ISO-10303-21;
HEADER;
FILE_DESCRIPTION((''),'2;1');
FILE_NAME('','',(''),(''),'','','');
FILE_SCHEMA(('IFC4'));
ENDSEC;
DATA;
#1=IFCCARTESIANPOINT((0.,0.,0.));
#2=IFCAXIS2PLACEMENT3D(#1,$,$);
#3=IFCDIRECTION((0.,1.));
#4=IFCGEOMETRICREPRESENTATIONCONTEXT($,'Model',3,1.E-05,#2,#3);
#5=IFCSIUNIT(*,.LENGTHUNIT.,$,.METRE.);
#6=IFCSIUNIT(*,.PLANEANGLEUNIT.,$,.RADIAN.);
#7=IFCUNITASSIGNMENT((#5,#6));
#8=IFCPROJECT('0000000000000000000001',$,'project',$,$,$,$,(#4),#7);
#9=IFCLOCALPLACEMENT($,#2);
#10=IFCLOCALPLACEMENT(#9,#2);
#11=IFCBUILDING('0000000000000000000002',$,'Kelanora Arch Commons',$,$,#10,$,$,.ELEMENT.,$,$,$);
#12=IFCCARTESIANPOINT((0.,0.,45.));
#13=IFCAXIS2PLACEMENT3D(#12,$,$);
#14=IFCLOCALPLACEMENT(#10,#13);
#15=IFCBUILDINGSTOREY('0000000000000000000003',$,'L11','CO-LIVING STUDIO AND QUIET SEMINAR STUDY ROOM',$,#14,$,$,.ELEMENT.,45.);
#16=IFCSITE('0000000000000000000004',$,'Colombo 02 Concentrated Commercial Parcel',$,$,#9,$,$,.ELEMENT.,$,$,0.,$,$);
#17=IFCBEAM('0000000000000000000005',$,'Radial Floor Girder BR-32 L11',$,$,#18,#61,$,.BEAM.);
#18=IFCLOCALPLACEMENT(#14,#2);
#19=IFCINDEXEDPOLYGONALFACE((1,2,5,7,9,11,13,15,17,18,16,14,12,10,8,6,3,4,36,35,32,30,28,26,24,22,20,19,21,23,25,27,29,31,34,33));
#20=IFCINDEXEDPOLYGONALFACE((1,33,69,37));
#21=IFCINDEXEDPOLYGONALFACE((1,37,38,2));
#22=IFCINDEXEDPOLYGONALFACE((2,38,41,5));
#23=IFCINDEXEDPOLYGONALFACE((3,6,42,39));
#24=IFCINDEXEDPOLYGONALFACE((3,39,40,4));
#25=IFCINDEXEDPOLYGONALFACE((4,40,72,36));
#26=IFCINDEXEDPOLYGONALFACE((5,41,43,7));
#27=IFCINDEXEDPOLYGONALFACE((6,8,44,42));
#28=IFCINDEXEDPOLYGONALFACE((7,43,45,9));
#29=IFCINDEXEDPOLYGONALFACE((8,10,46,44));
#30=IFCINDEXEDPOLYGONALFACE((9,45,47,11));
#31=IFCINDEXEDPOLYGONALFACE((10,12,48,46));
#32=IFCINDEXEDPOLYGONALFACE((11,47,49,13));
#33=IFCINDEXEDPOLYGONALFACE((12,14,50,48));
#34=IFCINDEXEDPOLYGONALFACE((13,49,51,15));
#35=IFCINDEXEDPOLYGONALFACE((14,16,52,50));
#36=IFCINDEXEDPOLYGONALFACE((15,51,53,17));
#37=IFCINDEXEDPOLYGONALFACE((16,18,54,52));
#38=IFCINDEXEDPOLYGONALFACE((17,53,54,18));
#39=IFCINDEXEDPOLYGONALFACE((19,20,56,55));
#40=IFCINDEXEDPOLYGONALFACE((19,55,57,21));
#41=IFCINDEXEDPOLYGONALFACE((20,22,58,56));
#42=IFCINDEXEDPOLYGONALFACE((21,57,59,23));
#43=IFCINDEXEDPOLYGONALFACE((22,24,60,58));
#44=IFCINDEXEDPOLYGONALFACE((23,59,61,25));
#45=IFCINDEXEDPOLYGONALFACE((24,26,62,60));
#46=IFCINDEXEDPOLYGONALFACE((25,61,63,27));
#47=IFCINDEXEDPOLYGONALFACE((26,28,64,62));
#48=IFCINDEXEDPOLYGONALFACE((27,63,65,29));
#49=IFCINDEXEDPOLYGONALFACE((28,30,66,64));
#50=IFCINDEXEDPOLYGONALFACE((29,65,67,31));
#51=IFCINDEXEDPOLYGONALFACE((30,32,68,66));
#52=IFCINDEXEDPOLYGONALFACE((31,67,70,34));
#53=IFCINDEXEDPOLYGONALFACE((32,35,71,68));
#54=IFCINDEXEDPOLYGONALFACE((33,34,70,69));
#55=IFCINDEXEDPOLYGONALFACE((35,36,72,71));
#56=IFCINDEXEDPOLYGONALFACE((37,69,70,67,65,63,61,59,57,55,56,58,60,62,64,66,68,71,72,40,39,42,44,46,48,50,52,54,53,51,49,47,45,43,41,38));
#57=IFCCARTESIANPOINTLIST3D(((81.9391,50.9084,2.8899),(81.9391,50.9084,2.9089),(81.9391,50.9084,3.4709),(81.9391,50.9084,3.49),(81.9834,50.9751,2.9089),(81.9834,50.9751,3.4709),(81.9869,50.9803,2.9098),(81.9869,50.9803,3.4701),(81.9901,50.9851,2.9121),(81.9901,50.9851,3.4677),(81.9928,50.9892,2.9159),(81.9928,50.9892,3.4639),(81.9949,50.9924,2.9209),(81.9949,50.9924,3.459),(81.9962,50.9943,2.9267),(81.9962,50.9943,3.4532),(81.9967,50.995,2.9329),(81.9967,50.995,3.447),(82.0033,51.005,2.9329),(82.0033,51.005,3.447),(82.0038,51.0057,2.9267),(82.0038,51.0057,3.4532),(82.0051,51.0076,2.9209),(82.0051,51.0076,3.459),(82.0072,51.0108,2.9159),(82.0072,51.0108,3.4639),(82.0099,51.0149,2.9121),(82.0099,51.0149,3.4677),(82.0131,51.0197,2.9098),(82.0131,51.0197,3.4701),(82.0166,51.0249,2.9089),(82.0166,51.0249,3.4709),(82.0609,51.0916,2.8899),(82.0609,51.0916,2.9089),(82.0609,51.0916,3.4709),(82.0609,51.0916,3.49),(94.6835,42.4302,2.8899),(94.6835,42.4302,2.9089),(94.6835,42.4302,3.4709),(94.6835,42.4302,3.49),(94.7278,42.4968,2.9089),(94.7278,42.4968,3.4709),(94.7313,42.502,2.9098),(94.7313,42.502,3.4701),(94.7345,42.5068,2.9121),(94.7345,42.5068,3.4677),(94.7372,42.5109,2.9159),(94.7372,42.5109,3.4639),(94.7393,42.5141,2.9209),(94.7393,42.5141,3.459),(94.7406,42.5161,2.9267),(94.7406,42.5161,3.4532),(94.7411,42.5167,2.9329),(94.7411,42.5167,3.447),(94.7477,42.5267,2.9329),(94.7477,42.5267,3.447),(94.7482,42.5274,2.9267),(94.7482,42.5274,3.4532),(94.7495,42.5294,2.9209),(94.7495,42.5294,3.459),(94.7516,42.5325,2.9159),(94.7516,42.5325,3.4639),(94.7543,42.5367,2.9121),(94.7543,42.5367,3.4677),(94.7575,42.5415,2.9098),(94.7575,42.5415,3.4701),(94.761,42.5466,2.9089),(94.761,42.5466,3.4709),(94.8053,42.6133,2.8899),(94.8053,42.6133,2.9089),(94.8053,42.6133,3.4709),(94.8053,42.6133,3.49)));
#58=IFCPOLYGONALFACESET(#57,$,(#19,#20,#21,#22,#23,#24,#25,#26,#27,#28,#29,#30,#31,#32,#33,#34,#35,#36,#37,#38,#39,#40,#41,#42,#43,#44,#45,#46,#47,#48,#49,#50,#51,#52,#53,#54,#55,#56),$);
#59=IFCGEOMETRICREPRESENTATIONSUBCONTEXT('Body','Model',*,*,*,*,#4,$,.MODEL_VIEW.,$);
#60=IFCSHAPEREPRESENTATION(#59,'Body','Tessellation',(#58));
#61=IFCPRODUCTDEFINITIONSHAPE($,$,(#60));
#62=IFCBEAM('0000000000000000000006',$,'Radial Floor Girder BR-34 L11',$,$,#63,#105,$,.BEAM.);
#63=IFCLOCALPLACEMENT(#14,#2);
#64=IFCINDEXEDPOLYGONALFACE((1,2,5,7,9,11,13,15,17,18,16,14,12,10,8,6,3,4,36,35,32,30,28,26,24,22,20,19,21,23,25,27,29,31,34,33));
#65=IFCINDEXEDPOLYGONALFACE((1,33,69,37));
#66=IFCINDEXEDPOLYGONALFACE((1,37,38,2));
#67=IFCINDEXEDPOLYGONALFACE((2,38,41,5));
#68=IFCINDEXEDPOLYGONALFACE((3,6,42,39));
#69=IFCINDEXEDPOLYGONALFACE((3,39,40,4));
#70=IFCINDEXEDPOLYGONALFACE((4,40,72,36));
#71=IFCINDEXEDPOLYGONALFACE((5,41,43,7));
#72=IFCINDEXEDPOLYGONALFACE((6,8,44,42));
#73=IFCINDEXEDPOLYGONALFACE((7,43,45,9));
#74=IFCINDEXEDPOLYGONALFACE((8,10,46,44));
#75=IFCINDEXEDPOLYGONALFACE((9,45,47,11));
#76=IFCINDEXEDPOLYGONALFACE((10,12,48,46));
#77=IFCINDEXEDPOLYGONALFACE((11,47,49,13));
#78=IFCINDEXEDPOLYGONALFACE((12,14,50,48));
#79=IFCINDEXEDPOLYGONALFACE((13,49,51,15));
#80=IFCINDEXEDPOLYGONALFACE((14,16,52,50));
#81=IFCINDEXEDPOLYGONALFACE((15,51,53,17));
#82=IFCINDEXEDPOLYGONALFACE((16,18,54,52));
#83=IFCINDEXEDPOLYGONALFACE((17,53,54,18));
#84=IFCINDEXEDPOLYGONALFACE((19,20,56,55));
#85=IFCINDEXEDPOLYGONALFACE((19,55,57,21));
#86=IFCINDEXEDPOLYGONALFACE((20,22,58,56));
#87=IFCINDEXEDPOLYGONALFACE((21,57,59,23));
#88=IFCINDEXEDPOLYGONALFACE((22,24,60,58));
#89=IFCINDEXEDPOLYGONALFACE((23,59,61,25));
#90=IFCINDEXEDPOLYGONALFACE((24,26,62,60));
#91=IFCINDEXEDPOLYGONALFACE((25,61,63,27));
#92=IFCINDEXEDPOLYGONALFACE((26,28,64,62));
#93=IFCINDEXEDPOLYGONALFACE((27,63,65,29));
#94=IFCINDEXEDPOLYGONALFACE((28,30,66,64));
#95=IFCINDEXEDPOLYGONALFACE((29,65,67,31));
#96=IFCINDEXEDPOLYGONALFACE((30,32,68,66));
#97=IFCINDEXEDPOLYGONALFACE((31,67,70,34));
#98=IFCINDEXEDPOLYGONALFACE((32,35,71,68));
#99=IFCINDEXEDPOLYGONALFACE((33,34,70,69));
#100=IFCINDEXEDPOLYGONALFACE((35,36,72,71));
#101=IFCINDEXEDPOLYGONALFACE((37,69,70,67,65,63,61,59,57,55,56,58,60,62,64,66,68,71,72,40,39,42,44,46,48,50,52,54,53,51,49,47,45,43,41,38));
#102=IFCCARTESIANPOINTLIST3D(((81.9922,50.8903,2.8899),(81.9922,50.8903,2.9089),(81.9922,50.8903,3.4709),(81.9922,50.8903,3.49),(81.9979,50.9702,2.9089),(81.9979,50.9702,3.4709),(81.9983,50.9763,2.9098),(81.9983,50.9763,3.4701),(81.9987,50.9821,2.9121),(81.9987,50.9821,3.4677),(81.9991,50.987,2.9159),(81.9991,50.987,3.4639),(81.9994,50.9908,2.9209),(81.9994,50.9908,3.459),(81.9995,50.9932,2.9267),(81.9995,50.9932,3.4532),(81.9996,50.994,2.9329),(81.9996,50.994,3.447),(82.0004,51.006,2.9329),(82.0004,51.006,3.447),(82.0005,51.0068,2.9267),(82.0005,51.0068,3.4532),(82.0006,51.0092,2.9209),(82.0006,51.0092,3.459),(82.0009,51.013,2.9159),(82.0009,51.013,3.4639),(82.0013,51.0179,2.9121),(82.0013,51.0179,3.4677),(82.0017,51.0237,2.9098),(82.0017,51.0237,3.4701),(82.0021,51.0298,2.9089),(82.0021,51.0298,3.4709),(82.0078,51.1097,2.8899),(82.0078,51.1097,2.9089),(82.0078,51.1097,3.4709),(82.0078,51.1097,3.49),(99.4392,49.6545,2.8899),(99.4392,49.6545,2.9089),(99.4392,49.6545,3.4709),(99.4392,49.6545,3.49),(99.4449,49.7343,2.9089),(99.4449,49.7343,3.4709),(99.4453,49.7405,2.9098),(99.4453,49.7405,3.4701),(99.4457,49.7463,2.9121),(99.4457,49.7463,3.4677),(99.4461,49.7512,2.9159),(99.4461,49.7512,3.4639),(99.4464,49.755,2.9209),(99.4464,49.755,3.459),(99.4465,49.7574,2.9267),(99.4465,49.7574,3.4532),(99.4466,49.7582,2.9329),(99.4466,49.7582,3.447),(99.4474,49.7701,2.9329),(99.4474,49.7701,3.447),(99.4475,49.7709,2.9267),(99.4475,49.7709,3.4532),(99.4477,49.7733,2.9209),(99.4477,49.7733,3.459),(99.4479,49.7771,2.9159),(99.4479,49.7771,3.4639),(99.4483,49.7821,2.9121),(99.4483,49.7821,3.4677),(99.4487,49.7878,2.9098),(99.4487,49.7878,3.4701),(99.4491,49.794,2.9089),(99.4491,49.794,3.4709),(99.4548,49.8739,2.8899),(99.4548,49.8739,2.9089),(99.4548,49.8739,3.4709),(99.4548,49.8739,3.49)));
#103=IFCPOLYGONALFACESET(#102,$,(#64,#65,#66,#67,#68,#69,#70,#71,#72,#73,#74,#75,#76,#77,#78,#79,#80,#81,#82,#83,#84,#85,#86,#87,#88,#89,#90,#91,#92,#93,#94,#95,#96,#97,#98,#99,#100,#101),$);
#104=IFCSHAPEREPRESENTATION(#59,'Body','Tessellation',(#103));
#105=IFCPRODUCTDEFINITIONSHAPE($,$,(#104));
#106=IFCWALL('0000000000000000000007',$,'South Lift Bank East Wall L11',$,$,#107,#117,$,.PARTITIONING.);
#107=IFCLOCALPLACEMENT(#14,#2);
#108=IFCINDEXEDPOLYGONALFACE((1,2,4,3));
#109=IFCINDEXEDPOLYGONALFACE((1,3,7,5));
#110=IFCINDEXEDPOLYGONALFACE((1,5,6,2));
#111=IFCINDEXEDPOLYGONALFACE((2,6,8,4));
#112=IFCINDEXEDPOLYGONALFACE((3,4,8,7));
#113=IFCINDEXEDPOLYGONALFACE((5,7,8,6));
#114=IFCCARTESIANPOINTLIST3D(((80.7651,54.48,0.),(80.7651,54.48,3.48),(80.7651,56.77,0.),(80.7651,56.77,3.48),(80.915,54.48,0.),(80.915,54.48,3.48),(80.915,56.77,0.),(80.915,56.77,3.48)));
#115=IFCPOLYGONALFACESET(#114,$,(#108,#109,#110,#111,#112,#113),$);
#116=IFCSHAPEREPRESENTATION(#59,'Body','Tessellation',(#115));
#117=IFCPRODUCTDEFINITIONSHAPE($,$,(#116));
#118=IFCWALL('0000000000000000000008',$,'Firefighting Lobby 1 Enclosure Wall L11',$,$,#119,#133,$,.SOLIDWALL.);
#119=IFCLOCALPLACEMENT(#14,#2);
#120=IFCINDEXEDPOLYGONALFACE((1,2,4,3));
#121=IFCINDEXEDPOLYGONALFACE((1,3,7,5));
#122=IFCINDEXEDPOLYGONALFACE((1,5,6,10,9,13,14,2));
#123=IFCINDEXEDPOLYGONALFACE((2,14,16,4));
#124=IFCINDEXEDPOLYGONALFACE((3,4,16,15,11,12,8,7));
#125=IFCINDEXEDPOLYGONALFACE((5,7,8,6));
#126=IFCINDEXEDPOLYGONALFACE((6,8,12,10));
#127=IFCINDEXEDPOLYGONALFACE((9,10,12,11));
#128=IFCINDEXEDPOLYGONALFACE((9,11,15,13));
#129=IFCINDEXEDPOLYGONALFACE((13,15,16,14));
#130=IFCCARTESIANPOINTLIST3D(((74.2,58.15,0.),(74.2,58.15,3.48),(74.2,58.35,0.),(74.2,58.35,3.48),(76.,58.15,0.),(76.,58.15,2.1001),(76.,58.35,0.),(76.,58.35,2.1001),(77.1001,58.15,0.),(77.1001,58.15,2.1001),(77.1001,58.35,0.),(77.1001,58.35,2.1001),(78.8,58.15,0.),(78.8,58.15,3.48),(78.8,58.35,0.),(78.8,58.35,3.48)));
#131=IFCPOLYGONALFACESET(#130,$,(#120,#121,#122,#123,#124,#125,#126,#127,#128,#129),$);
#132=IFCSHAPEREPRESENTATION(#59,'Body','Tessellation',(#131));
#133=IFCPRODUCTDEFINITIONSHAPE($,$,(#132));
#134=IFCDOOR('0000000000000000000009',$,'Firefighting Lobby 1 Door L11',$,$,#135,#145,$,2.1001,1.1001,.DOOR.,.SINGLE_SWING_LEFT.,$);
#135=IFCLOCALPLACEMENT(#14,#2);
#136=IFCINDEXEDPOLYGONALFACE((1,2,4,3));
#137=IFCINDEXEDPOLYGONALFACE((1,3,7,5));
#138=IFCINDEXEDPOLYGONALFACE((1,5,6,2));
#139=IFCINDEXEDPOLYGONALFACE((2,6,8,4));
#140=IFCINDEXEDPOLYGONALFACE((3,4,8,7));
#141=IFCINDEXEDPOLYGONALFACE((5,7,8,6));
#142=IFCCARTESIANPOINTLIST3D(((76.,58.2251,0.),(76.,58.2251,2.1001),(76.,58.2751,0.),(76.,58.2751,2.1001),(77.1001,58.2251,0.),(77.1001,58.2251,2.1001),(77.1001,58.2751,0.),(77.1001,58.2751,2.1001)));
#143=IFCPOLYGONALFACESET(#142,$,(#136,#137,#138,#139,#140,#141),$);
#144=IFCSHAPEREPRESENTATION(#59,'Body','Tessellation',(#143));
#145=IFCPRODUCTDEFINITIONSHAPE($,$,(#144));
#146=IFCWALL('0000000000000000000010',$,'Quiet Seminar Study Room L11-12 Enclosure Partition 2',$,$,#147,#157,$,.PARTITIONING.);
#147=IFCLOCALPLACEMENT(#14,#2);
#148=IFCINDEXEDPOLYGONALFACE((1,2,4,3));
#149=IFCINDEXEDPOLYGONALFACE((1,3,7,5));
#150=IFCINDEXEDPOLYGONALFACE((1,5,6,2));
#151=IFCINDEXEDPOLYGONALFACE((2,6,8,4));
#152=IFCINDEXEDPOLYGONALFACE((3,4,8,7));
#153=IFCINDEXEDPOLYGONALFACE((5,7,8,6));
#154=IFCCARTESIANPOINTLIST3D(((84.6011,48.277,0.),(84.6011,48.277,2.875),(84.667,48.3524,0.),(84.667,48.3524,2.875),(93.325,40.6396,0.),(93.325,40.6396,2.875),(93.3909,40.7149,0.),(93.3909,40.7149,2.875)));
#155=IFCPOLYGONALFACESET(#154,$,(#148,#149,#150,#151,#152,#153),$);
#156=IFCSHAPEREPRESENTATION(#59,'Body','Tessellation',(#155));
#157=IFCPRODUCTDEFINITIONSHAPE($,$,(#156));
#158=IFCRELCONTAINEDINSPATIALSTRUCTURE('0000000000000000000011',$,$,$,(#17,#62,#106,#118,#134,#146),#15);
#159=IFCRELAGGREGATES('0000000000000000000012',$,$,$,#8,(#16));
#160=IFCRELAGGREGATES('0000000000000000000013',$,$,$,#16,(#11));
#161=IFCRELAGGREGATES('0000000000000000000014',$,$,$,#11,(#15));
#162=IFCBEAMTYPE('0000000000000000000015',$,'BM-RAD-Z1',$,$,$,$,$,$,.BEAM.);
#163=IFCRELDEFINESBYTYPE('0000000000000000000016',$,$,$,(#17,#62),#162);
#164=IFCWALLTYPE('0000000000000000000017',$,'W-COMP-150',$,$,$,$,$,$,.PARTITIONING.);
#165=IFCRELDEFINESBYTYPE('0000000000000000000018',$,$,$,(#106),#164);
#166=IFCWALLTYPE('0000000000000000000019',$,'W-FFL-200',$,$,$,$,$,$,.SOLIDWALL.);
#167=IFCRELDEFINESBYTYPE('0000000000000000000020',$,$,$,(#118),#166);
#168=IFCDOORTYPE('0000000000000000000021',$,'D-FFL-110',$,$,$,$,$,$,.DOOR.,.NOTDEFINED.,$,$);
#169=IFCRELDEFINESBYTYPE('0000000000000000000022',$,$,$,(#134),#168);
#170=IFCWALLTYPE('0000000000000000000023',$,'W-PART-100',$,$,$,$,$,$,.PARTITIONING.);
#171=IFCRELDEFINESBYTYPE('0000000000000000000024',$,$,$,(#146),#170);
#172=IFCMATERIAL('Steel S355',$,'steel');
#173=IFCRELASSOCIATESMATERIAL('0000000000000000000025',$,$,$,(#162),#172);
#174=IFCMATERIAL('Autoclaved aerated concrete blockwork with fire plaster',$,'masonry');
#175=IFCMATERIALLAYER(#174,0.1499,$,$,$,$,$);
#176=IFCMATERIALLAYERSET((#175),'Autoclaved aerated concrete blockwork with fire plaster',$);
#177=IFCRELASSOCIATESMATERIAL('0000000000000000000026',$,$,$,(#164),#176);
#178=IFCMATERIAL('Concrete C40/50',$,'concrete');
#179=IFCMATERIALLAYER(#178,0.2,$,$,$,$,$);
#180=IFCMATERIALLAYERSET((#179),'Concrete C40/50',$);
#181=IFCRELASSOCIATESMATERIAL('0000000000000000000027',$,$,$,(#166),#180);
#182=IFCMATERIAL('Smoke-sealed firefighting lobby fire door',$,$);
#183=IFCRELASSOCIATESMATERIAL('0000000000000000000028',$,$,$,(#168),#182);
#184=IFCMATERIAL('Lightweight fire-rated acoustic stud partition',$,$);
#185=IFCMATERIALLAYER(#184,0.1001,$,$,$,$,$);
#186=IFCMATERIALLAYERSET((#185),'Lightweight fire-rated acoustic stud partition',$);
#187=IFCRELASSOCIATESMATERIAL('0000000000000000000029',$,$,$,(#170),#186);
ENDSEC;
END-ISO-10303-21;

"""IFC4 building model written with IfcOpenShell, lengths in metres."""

from ifc_helpers import new_model, si_unit, direction, frame, frame_2d, origin, origin_2d, place, context, subcontext, project, spatial, rectangle, i_section, extrude, material, layer, layer_set, material_profile, profile_set, type_object, element, fill, save


model = new_model("IFC4")

# Units and contexts
model_context = context("Model", 3, precision=1e-05, world=origin(), true_north=direction((0.0, 1.0)))
body_context = subcontext(model_context, "Body", "Model", "MODEL_VIEW")
ifc_project = project(units=[si_unit("LENGTHUNIT", "METRE"), si_unit("PLANEANGLEUNIT", "RADIAN")], contexts=[model_context])

# Site, building, storey
site_placement = place(None, origin())
site = spatial("IfcSite", under=ifc_project, at=site_placement, Name="Colombo 02 Concentrated Commercial Parcel", CompositionType="ELEMENT", RefElevation=0.0)
building_placement = place(site_placement, origin())
building = spatial("IfcBuilding", under=site, at=building_placement, Name="Kelanora Arch Commons", CompositionType="ELEMENT")
storey_placement = place(building_placement, frame((0.0, 0.0, 45.0)))
storey = spatial("IfcBuildingStorey", under=building, at=storey_placement, Name="L11", Description="CO-LIVING STUDIO AND QUIET SEMINAR STUDY ROOM", CompositionType="ELEMENT", Elevation=45.0)

# Beams
ifc_material_1 = material(Name="Steel S355", Category="steel")
ifc_material_profile_1 = material_profile(ifc_material_1, i_section(OverallWidth=0.22, OverallDepth=0.6001, WebThickness=0.012, FlangeThickness=0.019, FilletRadius=0.0239, at=origin_2d()), Name="IPE600")
ifc_profile_set_1 = profile_set([ifc_material_profile_1], Name="Steel S355")
beam_type_1 = type_object("IfcBeamType", Name="BM-RAD-Z1", PredefinedType="BEAM", material=ifc_profile_set_1)
beam_1_placement = place(storey_placement, frame((82.0, 51.0, 3.1899), z_axis=(0.832592, -0.553886, 0.0), x_axis=(0.553886, 0.832592, 0.0)))
element("IfcBeam", 1, at=beam_1_placement, inside=storey, type_object=beam_type_1, Name="Radial Floor Girder BR-32 L11", PredefinedType="BEAM", context=body_context, shape_type="SweptSolid", body=[
    extrude(i_section(OverallWidth=0.22, OverallDepth=0.6001, WebThickness=0.012, FlangeThickness=0.019, FilletRadius=0.0239, at=origin_2d()), origin(), (0.0, 0.0, 1.0), 15.3069),
])
beam_2_placement = place(storey_placement, frame((82.0, 51.0, 3.1899), z_axis=(0.997501, -0.070657, 0.0), x_axis=(0.070657, 0.997501, 0.0)))
element("IfcBeam", 2, at=beam_2_placement, inside=storey, type_object=beam_type_1, Name="Radial Floor Girder BR-34 L11", PredefinedType="BEAM", context=body_context, shape_type="SweptSolid", body=[
    extrude(i_section(OverallWidth=0.22, OverallDepth=0.6001, WebThickness=0.012, FlangeThickness=0.019, FilletRadius=0.0239, at=origin_2d()), origin(), (0.0, 0.0, 1.0), 17.4907),
])

# Wall
ifc_material_2 = material(Name="Autoclaved aerated concrete blockwork with fire plaster", Category="masonry")
ifc_layer_1 = layer(ifc_material_2, 0.1499)
ifc_layer_set_1 = layer_set([ifc_layer_1], Name="Autoclaved aerated concrete blockwork with fire plaster")
wall_type_1 = type_object("IfcWallType", Name="W-COMP-150", PredefinedType="PARTITIONING", material=ifc_layer_set_1)
wall_1_placement = place(storey_placement, frame((80.8401, 54.48, 0.0), z_axis=(0.0, 0.0, 1.0), x_axis=(0.0, 1.0, 0.0)))
element("IfcWall", 3, at=wall_1_placement, inside=storey, type_object=wall_type_1, Name="South Lift Bank East Wall L11", PredefinedType="PARTITIONING", context=body_context, shape_type="SweptSolid", body=[
    extrude(rectangle(XDim=2.29, YDim=0.1499, at=frame_2d((1.145, 0.0))), origin(), (0.0, 0.0, 1.0), 3.48),
])

# Wall, opening, door
ifc_material_3 = material(Name="Concrete C40/50", Category="concrete")
ifc_layer_2 = layer(ifc_material_3, 0.2)
ifc_layer_set_2 = layer_set([ifc_layer_2], Name="Concrete C40/50")
wall_type_2 = type_object("IfcWallType", Name="W-FFL-200", PredefinedType="SOLIDWALL", material=ifc_layer_set_2)
wall_2_placement = place(storey_placement, frame((74.2, 58.25, 0.0), z_axis=(0.0, 0.0, 1.0), x_axis=(1.0, 0.0, 0.0)))
wall_2 = element("IfcWall", 4, at=wall_2_placement, inside=storey, type_object=wall_type_2, Name="Firefighting Lobby 1 Enclosure Wall L11", PredefinedType="SOLIDWALL", context=body_context, shape_type="SweptSolid", body=[
    extrude(rectangle(XDim=4.6001, YDim=0.2, at=frame_2d((2.3, 0.0))), origin(), (0.0, 0.0, 1.0), 3.48),
])
opening_1_placement = place(wall_2_placement, frame((1.8, 0.0, 0.0)))
opening_1 = element("IfcOpeningElement", 5, at=opening_1_placement, cuts=wall_2, PredefinedType="OPENING", context=body_context, shape_type="SweptSolid", body=[
    extrude(rectangle(XDim=1.1001, YDim=2.1001, at=frame_2d((0.55, 1.05))), frame((0.0, 0.1099, 0.0), z_axis=(0.0, -1.0, 0.0), x_axis=(1.0, 0.0, 0.0)), (0.0, 0.0, 1.0), 0.22),
])
ifc_material_4 = material(Name="Smoke-sealed firefighting lobby fire door")
door_type_1 = type_object("IfcDoorType", Name="D-FFL-110", OperationType="NOTDEFINED", PredefinedType="DOOR", material=ifc_material_4)
door_1_placement = place(opening_1_placement, frame((1.1001, 0.0, 0.0), z_axis=(0.0, 0.0, 1.0), x_axis=(-1.0, 0.0, 0.0)))
door_1 = element("IfcDoor", 6, at=door_1_placement, inside=storey, type_object=door_type_1, Name="Firefighting Lobby 1 Door L11", OperationType="SINGLE_SWING_LEFT", OverallHeight=2.1001, OverallWidth=1.1001, PredefinedType="DOOR", context=body_context, shape_type="SweptSolid", body=[
    extrude(rectangle(XDim=1.1001, YDim=2.1001, at=frame_2d((0.55, 1.05))), frame((0.0, 0.0249, 0.0), z_axis=(0.0, -1.0, 0.0), x_axis=(1.0, 0.0, 0.0)), (0.0, 0.0, 1.0), 0.05),
])
fill(opening_1, door_1)

# Wall
ifc_material_5 = material(Name="Lightweight fire-rated acoustic stud partition")
ifc_layer_3 = layer(ifc_material_5, 0.1001)
ifc_layer_set_3 = layer_set([ifc_layer_3], Name="Lightweight fire-rated acoustic stud partition")
wall_type_3 = type_object("IfcWallType", Name="W-PART-100", PredefinedType="PARTITIONING", material=ifc_layer_set_3)
wall_3_placement = place(storey_placement, frame((84.634, 48.3147, 0.0), z_axis=(0.0, 0.0, 1.0), x_axis=(0.752403, -0.658703, 0.0)))
element("IfcWall", 7, at=wall_3_placement, inside=storey, type_object=wall_type_3, Name="Quiet Seminar Study Room L11-12 Enclosure Partition 2", PredefinedType="PARTITIONING", context=body_context, shape_type="SweptSolid", body=[
    extrude(rectangle(XDim=11.5947, YDim=0.1001, at=frame_2d((5.7974, 0.0))), origin(), (0.0, 0.0, 1.0), 2.875),
])

save(model, "model.ifc")
